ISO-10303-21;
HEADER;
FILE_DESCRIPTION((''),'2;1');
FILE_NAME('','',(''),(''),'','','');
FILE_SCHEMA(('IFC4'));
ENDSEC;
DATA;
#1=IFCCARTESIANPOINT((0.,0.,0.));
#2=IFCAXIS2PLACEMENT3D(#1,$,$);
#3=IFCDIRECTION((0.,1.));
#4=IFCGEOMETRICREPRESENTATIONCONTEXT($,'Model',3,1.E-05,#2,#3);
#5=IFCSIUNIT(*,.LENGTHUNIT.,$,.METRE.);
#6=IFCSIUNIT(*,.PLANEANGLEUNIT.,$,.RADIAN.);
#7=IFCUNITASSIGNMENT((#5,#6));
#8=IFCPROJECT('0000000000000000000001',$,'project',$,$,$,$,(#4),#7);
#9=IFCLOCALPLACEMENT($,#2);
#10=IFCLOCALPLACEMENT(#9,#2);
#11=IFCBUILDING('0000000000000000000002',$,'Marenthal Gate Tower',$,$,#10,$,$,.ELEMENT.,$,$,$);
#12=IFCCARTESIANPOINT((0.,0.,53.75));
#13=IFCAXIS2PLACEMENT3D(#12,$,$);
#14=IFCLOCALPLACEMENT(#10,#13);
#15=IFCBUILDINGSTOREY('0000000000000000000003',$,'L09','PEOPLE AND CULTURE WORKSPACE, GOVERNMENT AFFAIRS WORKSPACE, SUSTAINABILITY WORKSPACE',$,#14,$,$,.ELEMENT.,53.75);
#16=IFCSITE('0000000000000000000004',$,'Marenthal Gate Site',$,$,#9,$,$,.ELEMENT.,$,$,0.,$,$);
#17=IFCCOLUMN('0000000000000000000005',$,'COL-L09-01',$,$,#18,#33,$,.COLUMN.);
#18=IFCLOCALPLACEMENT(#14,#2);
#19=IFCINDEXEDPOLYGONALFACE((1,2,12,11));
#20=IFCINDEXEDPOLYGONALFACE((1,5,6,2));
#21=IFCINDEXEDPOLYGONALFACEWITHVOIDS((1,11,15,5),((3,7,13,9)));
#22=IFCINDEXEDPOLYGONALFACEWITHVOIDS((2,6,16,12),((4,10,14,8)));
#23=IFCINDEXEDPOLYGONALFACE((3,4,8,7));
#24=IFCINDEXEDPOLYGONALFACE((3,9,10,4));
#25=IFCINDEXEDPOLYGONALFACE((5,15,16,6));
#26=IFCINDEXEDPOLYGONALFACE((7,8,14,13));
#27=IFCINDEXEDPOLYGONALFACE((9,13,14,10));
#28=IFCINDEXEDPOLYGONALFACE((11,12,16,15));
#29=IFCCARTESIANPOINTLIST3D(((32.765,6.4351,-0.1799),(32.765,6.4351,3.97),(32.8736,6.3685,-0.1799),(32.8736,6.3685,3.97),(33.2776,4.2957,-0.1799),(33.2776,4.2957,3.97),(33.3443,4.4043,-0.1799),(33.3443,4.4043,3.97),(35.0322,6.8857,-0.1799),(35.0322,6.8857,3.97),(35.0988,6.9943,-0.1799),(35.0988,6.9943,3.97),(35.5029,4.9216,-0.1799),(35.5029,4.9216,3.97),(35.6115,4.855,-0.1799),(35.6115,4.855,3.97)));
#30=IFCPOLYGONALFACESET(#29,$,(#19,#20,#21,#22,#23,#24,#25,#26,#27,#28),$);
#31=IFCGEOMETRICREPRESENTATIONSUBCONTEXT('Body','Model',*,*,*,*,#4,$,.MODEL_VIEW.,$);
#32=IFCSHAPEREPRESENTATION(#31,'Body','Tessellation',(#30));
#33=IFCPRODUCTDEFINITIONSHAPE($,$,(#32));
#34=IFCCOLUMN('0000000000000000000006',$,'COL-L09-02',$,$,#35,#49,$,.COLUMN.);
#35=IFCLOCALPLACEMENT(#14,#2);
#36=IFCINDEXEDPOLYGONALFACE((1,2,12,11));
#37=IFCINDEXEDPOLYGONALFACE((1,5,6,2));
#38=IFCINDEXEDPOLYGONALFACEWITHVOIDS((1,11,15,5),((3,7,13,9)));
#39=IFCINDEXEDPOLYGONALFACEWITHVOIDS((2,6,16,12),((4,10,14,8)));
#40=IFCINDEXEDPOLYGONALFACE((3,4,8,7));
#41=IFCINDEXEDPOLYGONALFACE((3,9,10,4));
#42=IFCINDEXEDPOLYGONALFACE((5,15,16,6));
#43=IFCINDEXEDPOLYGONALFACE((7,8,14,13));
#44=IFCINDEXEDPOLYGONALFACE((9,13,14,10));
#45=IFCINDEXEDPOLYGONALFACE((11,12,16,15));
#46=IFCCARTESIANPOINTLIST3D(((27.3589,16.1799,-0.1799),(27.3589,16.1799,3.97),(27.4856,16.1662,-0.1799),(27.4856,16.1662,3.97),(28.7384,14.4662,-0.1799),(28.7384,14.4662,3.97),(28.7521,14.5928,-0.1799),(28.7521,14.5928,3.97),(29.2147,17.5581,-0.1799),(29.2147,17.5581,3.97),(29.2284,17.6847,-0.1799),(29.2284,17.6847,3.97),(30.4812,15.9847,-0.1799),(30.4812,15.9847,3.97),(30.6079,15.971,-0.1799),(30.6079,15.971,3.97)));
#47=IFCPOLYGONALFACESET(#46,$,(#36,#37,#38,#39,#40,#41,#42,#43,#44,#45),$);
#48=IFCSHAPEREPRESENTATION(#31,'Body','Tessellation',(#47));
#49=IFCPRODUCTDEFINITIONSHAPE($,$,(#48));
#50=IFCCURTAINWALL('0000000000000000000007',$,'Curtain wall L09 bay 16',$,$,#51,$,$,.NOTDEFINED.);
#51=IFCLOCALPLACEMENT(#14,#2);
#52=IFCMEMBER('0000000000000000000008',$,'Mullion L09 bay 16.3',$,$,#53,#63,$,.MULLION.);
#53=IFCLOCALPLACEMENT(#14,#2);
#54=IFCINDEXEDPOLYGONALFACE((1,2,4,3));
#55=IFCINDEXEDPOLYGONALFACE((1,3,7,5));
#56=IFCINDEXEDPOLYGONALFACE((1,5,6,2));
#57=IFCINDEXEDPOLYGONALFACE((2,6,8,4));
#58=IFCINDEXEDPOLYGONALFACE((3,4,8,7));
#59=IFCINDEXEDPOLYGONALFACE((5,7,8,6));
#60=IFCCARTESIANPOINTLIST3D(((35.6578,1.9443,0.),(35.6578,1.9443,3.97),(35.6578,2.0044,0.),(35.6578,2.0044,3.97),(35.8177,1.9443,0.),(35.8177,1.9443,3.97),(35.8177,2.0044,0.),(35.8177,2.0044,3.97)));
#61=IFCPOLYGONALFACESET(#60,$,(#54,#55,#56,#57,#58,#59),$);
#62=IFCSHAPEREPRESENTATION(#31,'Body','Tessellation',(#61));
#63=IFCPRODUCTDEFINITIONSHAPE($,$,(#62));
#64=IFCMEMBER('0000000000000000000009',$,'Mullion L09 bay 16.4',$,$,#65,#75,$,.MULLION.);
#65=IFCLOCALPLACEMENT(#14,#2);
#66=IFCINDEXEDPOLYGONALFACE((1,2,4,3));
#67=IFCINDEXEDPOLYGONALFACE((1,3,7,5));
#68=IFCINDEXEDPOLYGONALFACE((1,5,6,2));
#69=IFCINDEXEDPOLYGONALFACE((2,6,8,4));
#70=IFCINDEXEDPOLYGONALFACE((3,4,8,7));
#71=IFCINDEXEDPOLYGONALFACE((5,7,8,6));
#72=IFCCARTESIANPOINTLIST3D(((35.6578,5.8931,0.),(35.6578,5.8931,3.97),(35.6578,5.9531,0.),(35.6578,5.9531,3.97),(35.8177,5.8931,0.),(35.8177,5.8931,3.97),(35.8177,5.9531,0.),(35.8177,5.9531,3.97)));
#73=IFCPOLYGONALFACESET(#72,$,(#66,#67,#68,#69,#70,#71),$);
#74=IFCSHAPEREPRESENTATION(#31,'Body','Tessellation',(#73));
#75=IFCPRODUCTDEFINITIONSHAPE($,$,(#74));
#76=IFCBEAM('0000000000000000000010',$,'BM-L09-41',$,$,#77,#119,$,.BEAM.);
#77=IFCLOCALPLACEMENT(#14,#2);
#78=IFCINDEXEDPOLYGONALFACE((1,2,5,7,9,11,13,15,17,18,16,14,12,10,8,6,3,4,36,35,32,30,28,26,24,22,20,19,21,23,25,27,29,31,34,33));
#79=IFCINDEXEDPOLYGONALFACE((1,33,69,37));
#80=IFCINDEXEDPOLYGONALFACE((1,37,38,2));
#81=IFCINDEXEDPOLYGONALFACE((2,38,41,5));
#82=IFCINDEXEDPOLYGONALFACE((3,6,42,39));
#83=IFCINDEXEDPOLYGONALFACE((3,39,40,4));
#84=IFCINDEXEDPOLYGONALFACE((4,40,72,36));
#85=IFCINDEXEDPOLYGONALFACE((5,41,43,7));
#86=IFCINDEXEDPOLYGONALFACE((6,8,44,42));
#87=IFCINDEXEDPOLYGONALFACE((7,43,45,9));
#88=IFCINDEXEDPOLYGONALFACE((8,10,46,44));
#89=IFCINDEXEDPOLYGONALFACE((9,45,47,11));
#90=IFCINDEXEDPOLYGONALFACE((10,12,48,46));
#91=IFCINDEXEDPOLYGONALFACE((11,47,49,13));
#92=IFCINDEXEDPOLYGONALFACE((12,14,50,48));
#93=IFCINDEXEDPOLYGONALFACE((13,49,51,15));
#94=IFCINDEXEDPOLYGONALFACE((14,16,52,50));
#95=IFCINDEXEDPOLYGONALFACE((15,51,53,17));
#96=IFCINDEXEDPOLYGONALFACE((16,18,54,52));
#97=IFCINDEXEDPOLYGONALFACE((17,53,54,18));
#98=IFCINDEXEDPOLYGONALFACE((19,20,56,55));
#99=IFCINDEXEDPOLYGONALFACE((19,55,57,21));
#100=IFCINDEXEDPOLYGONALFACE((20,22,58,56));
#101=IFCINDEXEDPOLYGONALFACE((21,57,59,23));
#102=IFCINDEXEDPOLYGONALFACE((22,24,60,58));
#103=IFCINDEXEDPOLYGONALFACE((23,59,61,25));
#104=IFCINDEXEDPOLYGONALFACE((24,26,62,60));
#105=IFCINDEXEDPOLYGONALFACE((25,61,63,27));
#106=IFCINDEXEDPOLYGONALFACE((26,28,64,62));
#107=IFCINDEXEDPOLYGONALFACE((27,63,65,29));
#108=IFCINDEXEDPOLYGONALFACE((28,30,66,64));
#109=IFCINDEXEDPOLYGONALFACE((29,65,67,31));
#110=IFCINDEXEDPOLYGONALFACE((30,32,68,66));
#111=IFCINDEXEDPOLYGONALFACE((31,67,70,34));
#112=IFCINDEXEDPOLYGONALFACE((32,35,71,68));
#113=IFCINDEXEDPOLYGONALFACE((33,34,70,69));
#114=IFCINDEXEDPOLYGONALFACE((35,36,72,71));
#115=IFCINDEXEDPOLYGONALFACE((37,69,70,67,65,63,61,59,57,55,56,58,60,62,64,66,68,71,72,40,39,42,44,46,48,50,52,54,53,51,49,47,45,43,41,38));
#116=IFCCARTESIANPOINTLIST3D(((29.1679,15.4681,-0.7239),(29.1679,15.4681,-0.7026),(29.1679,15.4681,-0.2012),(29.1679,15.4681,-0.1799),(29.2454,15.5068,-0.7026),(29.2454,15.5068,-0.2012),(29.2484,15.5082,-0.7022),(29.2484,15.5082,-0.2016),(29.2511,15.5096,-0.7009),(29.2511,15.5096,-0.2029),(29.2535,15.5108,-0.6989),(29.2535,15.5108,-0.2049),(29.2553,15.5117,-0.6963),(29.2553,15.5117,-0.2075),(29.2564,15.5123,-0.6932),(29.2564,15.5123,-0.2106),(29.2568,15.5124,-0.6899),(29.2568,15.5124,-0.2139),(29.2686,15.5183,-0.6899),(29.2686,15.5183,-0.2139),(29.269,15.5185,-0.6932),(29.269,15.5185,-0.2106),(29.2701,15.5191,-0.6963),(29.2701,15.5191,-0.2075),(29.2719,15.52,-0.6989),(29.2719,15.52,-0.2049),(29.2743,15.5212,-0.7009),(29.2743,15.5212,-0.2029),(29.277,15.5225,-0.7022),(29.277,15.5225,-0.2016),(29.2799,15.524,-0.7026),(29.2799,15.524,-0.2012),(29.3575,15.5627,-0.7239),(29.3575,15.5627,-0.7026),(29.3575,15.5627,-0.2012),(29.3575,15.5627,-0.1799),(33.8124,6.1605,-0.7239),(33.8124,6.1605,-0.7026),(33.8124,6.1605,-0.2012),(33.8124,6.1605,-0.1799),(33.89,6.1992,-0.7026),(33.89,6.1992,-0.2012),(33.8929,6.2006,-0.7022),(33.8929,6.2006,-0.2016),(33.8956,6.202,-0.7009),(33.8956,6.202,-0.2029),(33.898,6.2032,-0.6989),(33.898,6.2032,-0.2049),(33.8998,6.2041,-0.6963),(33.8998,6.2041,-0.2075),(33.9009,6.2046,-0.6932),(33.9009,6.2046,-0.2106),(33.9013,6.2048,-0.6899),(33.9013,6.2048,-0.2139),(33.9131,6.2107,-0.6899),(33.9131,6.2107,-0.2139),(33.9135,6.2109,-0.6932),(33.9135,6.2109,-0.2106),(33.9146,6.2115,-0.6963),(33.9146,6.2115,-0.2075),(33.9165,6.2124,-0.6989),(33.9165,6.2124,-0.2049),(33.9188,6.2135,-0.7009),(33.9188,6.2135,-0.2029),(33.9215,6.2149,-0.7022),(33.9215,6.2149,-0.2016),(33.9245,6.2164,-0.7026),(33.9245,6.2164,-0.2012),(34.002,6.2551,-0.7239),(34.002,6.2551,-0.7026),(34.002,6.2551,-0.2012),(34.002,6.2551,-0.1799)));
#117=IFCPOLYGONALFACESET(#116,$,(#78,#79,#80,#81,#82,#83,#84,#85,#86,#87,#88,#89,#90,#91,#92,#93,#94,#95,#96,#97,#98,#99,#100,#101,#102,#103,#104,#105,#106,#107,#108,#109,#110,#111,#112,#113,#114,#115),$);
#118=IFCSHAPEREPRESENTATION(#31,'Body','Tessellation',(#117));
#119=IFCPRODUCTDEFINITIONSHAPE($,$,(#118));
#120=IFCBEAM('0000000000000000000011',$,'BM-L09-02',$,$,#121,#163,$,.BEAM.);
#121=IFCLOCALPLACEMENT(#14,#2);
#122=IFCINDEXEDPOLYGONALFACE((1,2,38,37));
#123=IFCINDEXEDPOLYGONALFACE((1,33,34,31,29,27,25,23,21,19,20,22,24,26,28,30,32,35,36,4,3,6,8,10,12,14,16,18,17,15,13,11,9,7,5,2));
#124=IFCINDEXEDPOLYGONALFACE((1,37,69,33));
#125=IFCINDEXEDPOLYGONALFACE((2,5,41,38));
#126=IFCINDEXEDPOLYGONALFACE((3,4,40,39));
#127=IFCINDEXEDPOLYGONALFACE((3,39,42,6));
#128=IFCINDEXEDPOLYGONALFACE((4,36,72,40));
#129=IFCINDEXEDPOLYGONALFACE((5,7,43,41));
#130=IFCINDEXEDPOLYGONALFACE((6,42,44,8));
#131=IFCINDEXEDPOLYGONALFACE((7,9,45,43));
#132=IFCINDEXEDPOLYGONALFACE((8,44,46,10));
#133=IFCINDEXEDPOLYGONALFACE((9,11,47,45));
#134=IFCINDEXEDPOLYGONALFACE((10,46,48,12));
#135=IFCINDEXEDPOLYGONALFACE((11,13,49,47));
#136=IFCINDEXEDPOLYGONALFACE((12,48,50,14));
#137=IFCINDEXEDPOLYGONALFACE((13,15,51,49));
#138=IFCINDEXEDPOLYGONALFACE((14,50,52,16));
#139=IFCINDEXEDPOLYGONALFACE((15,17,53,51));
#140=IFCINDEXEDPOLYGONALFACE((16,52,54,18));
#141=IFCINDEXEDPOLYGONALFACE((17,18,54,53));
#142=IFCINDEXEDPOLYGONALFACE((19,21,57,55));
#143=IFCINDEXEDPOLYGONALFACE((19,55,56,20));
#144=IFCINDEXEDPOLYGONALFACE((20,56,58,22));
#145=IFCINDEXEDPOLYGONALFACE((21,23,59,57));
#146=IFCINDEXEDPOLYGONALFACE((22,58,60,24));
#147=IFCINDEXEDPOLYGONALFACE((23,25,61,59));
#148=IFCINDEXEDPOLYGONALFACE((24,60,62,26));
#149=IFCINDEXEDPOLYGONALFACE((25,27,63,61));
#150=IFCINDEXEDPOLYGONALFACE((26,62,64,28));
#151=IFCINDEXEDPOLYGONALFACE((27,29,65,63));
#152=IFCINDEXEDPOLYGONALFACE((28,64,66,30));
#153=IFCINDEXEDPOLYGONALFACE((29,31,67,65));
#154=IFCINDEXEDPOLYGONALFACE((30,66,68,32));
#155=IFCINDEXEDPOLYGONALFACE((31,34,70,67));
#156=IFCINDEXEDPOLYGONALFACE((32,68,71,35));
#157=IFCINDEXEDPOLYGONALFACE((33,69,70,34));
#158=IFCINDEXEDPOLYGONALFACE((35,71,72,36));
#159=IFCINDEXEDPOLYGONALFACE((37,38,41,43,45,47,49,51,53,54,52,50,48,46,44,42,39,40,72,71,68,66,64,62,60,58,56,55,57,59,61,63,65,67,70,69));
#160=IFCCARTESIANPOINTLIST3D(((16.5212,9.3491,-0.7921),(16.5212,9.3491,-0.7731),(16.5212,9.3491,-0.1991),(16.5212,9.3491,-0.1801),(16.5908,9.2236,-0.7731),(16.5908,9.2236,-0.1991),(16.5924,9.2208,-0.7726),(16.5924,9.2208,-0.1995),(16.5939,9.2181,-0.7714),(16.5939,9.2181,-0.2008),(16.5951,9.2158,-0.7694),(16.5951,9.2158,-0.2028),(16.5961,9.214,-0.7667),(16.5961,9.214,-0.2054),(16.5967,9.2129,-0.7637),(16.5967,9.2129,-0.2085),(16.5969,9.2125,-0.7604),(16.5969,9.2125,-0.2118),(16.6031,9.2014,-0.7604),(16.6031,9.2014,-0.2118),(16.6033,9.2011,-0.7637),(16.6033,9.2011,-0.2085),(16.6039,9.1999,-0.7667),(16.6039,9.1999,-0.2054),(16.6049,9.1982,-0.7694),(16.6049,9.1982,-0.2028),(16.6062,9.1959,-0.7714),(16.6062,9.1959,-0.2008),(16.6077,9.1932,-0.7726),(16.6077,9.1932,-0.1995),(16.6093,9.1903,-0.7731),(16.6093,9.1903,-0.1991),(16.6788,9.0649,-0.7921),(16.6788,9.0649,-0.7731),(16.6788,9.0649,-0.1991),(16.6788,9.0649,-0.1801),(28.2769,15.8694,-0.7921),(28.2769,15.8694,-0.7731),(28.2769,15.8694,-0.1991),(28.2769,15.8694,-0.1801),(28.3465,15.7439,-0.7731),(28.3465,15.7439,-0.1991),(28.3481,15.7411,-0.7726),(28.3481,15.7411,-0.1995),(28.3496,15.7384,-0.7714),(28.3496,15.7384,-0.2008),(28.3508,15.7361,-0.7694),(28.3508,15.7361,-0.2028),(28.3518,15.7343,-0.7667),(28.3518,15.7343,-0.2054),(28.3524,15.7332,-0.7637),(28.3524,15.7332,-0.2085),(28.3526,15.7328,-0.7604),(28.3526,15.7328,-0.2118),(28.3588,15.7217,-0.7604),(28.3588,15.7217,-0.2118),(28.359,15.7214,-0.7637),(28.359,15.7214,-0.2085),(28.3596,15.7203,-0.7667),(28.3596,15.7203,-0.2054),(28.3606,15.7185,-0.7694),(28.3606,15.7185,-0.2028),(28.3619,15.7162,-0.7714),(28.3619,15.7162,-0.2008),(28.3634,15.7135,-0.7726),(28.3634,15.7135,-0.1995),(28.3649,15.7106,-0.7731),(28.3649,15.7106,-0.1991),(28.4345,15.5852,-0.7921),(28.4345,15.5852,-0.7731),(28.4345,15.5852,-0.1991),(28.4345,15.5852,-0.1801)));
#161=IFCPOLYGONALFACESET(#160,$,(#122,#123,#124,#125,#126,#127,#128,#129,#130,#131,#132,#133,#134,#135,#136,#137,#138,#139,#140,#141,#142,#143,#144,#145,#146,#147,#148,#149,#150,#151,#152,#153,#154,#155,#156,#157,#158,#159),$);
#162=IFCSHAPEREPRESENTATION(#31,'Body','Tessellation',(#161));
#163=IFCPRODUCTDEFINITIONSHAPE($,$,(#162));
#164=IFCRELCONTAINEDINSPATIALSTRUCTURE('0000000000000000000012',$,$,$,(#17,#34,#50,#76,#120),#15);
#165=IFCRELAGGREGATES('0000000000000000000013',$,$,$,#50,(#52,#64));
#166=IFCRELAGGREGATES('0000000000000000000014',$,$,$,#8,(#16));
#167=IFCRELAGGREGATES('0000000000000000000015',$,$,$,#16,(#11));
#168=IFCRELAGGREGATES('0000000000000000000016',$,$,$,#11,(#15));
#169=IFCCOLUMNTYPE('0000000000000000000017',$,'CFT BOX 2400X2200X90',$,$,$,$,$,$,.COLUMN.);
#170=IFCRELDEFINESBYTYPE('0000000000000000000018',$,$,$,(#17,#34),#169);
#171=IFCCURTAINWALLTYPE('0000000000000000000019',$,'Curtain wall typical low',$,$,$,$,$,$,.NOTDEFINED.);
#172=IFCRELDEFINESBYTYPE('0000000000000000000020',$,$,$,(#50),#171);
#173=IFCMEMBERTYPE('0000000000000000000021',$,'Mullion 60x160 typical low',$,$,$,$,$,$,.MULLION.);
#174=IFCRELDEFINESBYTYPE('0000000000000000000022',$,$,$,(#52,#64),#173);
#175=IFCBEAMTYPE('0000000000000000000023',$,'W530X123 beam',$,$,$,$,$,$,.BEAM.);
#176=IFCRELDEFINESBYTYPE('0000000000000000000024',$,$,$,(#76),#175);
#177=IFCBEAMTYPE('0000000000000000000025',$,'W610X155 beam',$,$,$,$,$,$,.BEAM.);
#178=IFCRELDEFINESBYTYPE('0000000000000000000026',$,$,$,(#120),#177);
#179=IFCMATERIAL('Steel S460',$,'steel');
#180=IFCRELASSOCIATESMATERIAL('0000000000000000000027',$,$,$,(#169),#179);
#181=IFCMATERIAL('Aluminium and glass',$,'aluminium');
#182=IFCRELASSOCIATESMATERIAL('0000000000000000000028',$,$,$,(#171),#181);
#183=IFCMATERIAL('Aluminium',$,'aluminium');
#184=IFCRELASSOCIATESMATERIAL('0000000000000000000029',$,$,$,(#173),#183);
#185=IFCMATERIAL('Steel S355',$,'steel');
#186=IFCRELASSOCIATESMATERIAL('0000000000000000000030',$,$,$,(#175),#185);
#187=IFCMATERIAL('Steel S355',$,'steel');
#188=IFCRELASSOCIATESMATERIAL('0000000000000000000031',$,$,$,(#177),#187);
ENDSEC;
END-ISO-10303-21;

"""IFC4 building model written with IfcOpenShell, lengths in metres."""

from ifc_helpers import new_model, si_unit, direction, frame, origin, origin_2d, place, context, subcontext, project, spatial, rectangle, hollow_rectangle, i_section, extrude, material, material_profile, profile_set, type_object, element, aggregate, save


model = new_model("IFC4")

# Units and contexts
model_context = context("Model", 3, precision=1e-05, world=origin(), true_north=direction((0.0, 1.0)))
body_context = subcontext(model_context, "Body", "Model", "MODEL_VIEW")
ifc_project = project(units=[si_unit("LENGTHUNIT", "METRE"), si_unit("PLANEANGLEUNIT", "RADIAN")], contexts=[model_context])

# Site, building, storey
site_placement = place(None, origin())
site = spatial("IfcSite", under=ifc_project, at=site_placement, Name="Marenthal Gate Site", CompositionType="ELEMENT", RefElevation=0.0)
building_placement = place(site_placement, origin())
building = spatial("IfcBuilding", under=site, at=building_placement, Name="Marenthal Gate Tower", CompositionType="ELEMENT")
storey_placement = place(building_placement, frame((0.0, 0.0, 53.75)))
storey = spatial("IfcBuildingStorey", under=building, at=storey_placement, Name="L09", Description="PEOPLE AND CULTURE WORKSPACE, GOVERNMENT AFFAIRS WORKSPACE, SUSTAINABILITY WORKSPACE", CompositionType="ELEMENT", Elevation=53.75)

# Columns
ifc_material_1 = material(Name="Steel S460", Category="steel")
ifc_material_profile_1 = material_profile(ifc_material_1, hollow_rectangle(XDim=2.2, YDim=2.3999, WallThickness=0.0901, at=origin_2d()), Name="CFT BOX 2400X2200X90")
ifc_material_2 = material(Name="Concrete 70 MPa", Category="concrete")
ifc_material_profile_2 = material_profile(ifc_material_2, rectangle(XDim=2.02, YDim=2.22, at=origin_2d()), Name="CFT BOX 2400X2200X90 INFILL")
ifc_profile_set_1 = profile_set([ifc_material_profile_1, ifc_material_profile_2], Name="Steel S460 shell, Concrete 70 MPa infill")
column_type = type_object("IfcColumnType", Name="CFT BOX 2400X2200X90", PredefinedType="COLUMN", material=ifc_profile_set_1)
for number, where, z_axis, x_axis, name in (
    (1, (34.1882, 5.645, -0.1799), (0.0, 0.0, 1.0), (0.233033, -0.972469, 0.0), "COL-L09-01"),
    (2, (28.9834, 16.0754, -0.1799), (0.0, 0.0, 1.0), (0.627046, -0.778982, 0.0), "COL-L09-02"),
):
    element("IfcColumn", number, at=place(storey_placement, frame(where, z_axis=z_axis, x_axis=x_axis)), inside=storey, type_object=column_type, Name=name, PredefinedType="COLUMN", context=body_context, shape_type="SweptSolid", body=[
        extrude(hollow_rectangle(XDim=2.2, YDim=2.3999, WallThickness=0.0901, at=origin_2d()), origin(), (0.0, 0.0, 1.0), 4.1499),
    ])

# Curtain wall, members
ifc_material_3 = material(Name="Aluminium and glass", Category="aluminium")
curtain_wall_type = type_object("IfcCurtainWallType", Name="Curtain wall typical low", PredefinedType="NOTDEFINED", material=ifc_material_3)
curtain_wall_placement = place(storey_placement, origin())
curtain_wall = element("IfcCurtainWall", 3, at=curtain_wall_placement, inside=storey, type_object=curtain_wall_type, Name="Curtain wall L09 bay 16", PredefinedType="NOTDEFINED")
ifc_material_4 = material(Name="Aluminium", Category="aluminium")
ifc_material_profile_3 = material_profile(ifc_material_4, rectangle(XDim=0.1599, YDim=0.0601, at=origin_2d()), Name="60x160 aluminium mullion")
ifc_profile_set_2 = profile_set([ifc_material_profile_3], Name="Aluminium")
member_type = type_object("IfcMemberType", Name="Mullion 60x160 typical low", PredefinedType="MULLION", material=ifc_profile_set_2)
member_1_placement = place(storey_placement, frame((35.7378, 1.9744, 0.0), z_axis=(0.0, 0.0, 1.0), x_axis=(-1.0, 0.0, 0.0)))
member_1 = element("IfcMember", 4, at=member_1_placement, type_object=member_type, Name="Mullion L09 bay 16.3", PredefinedType="MULLION", context=body_context, shape_type="SweptSolid", body=[
    extrude(rectangle(XDim=0.1599, YDim=0.0601, at=origin_2d()), origin(), (0.0, 0.0, 1.0), 3.97),
])
member_2_placement = place(storey_placement, frame((35.7378, 5.9231, 0.0), z_axis=(0.0, 0.0, 1.0), x_axis=(-1.0, 0.0, 0.0)))
member_2 = element("IfcMember", 5, at=member_2_placement, type_object=member_type, Name="Mullion L09 bay 16.4", PredefinedType="MULLION", context=body_context, shape_type="SweptSolid", body=[
    extrude(rectangle(XDim=0.1599, YDim=0.0601, at=origin_2d()), origin(), (0.0, 0.0, 1.0), 3.97),
])

# Beams
ifc_material_5 = material(Name="Steel S355", Category="steel")
ifc_material_profile_4 = material_profile(ifc_material_5, i_section(OverallWidth=0.2119, OverallDepth=0.5439, WebThickness=0.0132, FlangeThickness=0.0212, FilletRadius=0.0127, at=origin_2d()), Name="W530X123")
ifc_profile_set_3 = profile_set([ifc_material_profile_4], Name="Steel S355")
beam_type_1 = type_object("IfcBeamType", Name="W530X123 beam", PredefinedType="BEAM", material=ifc_profile_set_3)
beam_1_placement = place(storey_placement, frame((33.9072, 6.2078, -0.4519), z_axis=(-0.4465, 0.894784, 0.0), x_axis=(-0.894784, -0.4465, 0.0)))
element("IfcBeam", 6, at=beam_1_placement, inside=storey, type_object=beam_type_1, Name="BM-L09-41", PredefinedType="BEAM", context=body_context, shape_type="SweptSolid", body=[
    extrude(i_section(OverallWidth=0.2119, OverallDepth=0.5439, WebThickness=0.0132, FlangeThickness=0.0212, FilletRadius=0.0127, at=origin_2d()), origin(), (0.0, 0.0, 1.0), 10.4021),
])
ifc_material_6 = material(Name="Steel S355", Category="steel")
ifc_material_profile_5 = material_profile(ifc_material_6, i_section(OverallWidth=0.325, OverallDepth=0.6121, WebThickness=0.0127, FlangeThickness=0.019, FilletRadius=0.0127, at=origin_2d()), Name="W610X155")
ifc_profile_set_4 = profile_set([ifc_material_profile_5], Name="Steel S355")
beam_type_2 = type_object("IfcBeamType", Name="W610X155 beam", PredefinedType="BEAM", material=ifc_profile_set_4)
beam_2_placement = place(storey_placement, frame((28.3557, 15.7273, -0.4861), z_axis=(-0.874493, -0.485038, 0.0), x_axis=(0.485038, -0.874493, 0.0)))
element("IfcBeam", 7, at=beam_2_placement, inside=storey, type_object=beam_type_2, Name="BM-L09-02", PredefinedType="BEAM", context=body_context, shape_type="SweptSolid", body=[
    extrude(i_section(OverallWidth=0.325, OverallDepth=0.6121, WebThickness=0.0127, FlangeThickness=0.019, FilletRadius=0.0127, at=origin_2d()), origin(), (0.0, 0.0, 1.0), 13.4429),
])

aggregate(curtain_wall, [member_1, member_2])

save(model, "model.ifc")
